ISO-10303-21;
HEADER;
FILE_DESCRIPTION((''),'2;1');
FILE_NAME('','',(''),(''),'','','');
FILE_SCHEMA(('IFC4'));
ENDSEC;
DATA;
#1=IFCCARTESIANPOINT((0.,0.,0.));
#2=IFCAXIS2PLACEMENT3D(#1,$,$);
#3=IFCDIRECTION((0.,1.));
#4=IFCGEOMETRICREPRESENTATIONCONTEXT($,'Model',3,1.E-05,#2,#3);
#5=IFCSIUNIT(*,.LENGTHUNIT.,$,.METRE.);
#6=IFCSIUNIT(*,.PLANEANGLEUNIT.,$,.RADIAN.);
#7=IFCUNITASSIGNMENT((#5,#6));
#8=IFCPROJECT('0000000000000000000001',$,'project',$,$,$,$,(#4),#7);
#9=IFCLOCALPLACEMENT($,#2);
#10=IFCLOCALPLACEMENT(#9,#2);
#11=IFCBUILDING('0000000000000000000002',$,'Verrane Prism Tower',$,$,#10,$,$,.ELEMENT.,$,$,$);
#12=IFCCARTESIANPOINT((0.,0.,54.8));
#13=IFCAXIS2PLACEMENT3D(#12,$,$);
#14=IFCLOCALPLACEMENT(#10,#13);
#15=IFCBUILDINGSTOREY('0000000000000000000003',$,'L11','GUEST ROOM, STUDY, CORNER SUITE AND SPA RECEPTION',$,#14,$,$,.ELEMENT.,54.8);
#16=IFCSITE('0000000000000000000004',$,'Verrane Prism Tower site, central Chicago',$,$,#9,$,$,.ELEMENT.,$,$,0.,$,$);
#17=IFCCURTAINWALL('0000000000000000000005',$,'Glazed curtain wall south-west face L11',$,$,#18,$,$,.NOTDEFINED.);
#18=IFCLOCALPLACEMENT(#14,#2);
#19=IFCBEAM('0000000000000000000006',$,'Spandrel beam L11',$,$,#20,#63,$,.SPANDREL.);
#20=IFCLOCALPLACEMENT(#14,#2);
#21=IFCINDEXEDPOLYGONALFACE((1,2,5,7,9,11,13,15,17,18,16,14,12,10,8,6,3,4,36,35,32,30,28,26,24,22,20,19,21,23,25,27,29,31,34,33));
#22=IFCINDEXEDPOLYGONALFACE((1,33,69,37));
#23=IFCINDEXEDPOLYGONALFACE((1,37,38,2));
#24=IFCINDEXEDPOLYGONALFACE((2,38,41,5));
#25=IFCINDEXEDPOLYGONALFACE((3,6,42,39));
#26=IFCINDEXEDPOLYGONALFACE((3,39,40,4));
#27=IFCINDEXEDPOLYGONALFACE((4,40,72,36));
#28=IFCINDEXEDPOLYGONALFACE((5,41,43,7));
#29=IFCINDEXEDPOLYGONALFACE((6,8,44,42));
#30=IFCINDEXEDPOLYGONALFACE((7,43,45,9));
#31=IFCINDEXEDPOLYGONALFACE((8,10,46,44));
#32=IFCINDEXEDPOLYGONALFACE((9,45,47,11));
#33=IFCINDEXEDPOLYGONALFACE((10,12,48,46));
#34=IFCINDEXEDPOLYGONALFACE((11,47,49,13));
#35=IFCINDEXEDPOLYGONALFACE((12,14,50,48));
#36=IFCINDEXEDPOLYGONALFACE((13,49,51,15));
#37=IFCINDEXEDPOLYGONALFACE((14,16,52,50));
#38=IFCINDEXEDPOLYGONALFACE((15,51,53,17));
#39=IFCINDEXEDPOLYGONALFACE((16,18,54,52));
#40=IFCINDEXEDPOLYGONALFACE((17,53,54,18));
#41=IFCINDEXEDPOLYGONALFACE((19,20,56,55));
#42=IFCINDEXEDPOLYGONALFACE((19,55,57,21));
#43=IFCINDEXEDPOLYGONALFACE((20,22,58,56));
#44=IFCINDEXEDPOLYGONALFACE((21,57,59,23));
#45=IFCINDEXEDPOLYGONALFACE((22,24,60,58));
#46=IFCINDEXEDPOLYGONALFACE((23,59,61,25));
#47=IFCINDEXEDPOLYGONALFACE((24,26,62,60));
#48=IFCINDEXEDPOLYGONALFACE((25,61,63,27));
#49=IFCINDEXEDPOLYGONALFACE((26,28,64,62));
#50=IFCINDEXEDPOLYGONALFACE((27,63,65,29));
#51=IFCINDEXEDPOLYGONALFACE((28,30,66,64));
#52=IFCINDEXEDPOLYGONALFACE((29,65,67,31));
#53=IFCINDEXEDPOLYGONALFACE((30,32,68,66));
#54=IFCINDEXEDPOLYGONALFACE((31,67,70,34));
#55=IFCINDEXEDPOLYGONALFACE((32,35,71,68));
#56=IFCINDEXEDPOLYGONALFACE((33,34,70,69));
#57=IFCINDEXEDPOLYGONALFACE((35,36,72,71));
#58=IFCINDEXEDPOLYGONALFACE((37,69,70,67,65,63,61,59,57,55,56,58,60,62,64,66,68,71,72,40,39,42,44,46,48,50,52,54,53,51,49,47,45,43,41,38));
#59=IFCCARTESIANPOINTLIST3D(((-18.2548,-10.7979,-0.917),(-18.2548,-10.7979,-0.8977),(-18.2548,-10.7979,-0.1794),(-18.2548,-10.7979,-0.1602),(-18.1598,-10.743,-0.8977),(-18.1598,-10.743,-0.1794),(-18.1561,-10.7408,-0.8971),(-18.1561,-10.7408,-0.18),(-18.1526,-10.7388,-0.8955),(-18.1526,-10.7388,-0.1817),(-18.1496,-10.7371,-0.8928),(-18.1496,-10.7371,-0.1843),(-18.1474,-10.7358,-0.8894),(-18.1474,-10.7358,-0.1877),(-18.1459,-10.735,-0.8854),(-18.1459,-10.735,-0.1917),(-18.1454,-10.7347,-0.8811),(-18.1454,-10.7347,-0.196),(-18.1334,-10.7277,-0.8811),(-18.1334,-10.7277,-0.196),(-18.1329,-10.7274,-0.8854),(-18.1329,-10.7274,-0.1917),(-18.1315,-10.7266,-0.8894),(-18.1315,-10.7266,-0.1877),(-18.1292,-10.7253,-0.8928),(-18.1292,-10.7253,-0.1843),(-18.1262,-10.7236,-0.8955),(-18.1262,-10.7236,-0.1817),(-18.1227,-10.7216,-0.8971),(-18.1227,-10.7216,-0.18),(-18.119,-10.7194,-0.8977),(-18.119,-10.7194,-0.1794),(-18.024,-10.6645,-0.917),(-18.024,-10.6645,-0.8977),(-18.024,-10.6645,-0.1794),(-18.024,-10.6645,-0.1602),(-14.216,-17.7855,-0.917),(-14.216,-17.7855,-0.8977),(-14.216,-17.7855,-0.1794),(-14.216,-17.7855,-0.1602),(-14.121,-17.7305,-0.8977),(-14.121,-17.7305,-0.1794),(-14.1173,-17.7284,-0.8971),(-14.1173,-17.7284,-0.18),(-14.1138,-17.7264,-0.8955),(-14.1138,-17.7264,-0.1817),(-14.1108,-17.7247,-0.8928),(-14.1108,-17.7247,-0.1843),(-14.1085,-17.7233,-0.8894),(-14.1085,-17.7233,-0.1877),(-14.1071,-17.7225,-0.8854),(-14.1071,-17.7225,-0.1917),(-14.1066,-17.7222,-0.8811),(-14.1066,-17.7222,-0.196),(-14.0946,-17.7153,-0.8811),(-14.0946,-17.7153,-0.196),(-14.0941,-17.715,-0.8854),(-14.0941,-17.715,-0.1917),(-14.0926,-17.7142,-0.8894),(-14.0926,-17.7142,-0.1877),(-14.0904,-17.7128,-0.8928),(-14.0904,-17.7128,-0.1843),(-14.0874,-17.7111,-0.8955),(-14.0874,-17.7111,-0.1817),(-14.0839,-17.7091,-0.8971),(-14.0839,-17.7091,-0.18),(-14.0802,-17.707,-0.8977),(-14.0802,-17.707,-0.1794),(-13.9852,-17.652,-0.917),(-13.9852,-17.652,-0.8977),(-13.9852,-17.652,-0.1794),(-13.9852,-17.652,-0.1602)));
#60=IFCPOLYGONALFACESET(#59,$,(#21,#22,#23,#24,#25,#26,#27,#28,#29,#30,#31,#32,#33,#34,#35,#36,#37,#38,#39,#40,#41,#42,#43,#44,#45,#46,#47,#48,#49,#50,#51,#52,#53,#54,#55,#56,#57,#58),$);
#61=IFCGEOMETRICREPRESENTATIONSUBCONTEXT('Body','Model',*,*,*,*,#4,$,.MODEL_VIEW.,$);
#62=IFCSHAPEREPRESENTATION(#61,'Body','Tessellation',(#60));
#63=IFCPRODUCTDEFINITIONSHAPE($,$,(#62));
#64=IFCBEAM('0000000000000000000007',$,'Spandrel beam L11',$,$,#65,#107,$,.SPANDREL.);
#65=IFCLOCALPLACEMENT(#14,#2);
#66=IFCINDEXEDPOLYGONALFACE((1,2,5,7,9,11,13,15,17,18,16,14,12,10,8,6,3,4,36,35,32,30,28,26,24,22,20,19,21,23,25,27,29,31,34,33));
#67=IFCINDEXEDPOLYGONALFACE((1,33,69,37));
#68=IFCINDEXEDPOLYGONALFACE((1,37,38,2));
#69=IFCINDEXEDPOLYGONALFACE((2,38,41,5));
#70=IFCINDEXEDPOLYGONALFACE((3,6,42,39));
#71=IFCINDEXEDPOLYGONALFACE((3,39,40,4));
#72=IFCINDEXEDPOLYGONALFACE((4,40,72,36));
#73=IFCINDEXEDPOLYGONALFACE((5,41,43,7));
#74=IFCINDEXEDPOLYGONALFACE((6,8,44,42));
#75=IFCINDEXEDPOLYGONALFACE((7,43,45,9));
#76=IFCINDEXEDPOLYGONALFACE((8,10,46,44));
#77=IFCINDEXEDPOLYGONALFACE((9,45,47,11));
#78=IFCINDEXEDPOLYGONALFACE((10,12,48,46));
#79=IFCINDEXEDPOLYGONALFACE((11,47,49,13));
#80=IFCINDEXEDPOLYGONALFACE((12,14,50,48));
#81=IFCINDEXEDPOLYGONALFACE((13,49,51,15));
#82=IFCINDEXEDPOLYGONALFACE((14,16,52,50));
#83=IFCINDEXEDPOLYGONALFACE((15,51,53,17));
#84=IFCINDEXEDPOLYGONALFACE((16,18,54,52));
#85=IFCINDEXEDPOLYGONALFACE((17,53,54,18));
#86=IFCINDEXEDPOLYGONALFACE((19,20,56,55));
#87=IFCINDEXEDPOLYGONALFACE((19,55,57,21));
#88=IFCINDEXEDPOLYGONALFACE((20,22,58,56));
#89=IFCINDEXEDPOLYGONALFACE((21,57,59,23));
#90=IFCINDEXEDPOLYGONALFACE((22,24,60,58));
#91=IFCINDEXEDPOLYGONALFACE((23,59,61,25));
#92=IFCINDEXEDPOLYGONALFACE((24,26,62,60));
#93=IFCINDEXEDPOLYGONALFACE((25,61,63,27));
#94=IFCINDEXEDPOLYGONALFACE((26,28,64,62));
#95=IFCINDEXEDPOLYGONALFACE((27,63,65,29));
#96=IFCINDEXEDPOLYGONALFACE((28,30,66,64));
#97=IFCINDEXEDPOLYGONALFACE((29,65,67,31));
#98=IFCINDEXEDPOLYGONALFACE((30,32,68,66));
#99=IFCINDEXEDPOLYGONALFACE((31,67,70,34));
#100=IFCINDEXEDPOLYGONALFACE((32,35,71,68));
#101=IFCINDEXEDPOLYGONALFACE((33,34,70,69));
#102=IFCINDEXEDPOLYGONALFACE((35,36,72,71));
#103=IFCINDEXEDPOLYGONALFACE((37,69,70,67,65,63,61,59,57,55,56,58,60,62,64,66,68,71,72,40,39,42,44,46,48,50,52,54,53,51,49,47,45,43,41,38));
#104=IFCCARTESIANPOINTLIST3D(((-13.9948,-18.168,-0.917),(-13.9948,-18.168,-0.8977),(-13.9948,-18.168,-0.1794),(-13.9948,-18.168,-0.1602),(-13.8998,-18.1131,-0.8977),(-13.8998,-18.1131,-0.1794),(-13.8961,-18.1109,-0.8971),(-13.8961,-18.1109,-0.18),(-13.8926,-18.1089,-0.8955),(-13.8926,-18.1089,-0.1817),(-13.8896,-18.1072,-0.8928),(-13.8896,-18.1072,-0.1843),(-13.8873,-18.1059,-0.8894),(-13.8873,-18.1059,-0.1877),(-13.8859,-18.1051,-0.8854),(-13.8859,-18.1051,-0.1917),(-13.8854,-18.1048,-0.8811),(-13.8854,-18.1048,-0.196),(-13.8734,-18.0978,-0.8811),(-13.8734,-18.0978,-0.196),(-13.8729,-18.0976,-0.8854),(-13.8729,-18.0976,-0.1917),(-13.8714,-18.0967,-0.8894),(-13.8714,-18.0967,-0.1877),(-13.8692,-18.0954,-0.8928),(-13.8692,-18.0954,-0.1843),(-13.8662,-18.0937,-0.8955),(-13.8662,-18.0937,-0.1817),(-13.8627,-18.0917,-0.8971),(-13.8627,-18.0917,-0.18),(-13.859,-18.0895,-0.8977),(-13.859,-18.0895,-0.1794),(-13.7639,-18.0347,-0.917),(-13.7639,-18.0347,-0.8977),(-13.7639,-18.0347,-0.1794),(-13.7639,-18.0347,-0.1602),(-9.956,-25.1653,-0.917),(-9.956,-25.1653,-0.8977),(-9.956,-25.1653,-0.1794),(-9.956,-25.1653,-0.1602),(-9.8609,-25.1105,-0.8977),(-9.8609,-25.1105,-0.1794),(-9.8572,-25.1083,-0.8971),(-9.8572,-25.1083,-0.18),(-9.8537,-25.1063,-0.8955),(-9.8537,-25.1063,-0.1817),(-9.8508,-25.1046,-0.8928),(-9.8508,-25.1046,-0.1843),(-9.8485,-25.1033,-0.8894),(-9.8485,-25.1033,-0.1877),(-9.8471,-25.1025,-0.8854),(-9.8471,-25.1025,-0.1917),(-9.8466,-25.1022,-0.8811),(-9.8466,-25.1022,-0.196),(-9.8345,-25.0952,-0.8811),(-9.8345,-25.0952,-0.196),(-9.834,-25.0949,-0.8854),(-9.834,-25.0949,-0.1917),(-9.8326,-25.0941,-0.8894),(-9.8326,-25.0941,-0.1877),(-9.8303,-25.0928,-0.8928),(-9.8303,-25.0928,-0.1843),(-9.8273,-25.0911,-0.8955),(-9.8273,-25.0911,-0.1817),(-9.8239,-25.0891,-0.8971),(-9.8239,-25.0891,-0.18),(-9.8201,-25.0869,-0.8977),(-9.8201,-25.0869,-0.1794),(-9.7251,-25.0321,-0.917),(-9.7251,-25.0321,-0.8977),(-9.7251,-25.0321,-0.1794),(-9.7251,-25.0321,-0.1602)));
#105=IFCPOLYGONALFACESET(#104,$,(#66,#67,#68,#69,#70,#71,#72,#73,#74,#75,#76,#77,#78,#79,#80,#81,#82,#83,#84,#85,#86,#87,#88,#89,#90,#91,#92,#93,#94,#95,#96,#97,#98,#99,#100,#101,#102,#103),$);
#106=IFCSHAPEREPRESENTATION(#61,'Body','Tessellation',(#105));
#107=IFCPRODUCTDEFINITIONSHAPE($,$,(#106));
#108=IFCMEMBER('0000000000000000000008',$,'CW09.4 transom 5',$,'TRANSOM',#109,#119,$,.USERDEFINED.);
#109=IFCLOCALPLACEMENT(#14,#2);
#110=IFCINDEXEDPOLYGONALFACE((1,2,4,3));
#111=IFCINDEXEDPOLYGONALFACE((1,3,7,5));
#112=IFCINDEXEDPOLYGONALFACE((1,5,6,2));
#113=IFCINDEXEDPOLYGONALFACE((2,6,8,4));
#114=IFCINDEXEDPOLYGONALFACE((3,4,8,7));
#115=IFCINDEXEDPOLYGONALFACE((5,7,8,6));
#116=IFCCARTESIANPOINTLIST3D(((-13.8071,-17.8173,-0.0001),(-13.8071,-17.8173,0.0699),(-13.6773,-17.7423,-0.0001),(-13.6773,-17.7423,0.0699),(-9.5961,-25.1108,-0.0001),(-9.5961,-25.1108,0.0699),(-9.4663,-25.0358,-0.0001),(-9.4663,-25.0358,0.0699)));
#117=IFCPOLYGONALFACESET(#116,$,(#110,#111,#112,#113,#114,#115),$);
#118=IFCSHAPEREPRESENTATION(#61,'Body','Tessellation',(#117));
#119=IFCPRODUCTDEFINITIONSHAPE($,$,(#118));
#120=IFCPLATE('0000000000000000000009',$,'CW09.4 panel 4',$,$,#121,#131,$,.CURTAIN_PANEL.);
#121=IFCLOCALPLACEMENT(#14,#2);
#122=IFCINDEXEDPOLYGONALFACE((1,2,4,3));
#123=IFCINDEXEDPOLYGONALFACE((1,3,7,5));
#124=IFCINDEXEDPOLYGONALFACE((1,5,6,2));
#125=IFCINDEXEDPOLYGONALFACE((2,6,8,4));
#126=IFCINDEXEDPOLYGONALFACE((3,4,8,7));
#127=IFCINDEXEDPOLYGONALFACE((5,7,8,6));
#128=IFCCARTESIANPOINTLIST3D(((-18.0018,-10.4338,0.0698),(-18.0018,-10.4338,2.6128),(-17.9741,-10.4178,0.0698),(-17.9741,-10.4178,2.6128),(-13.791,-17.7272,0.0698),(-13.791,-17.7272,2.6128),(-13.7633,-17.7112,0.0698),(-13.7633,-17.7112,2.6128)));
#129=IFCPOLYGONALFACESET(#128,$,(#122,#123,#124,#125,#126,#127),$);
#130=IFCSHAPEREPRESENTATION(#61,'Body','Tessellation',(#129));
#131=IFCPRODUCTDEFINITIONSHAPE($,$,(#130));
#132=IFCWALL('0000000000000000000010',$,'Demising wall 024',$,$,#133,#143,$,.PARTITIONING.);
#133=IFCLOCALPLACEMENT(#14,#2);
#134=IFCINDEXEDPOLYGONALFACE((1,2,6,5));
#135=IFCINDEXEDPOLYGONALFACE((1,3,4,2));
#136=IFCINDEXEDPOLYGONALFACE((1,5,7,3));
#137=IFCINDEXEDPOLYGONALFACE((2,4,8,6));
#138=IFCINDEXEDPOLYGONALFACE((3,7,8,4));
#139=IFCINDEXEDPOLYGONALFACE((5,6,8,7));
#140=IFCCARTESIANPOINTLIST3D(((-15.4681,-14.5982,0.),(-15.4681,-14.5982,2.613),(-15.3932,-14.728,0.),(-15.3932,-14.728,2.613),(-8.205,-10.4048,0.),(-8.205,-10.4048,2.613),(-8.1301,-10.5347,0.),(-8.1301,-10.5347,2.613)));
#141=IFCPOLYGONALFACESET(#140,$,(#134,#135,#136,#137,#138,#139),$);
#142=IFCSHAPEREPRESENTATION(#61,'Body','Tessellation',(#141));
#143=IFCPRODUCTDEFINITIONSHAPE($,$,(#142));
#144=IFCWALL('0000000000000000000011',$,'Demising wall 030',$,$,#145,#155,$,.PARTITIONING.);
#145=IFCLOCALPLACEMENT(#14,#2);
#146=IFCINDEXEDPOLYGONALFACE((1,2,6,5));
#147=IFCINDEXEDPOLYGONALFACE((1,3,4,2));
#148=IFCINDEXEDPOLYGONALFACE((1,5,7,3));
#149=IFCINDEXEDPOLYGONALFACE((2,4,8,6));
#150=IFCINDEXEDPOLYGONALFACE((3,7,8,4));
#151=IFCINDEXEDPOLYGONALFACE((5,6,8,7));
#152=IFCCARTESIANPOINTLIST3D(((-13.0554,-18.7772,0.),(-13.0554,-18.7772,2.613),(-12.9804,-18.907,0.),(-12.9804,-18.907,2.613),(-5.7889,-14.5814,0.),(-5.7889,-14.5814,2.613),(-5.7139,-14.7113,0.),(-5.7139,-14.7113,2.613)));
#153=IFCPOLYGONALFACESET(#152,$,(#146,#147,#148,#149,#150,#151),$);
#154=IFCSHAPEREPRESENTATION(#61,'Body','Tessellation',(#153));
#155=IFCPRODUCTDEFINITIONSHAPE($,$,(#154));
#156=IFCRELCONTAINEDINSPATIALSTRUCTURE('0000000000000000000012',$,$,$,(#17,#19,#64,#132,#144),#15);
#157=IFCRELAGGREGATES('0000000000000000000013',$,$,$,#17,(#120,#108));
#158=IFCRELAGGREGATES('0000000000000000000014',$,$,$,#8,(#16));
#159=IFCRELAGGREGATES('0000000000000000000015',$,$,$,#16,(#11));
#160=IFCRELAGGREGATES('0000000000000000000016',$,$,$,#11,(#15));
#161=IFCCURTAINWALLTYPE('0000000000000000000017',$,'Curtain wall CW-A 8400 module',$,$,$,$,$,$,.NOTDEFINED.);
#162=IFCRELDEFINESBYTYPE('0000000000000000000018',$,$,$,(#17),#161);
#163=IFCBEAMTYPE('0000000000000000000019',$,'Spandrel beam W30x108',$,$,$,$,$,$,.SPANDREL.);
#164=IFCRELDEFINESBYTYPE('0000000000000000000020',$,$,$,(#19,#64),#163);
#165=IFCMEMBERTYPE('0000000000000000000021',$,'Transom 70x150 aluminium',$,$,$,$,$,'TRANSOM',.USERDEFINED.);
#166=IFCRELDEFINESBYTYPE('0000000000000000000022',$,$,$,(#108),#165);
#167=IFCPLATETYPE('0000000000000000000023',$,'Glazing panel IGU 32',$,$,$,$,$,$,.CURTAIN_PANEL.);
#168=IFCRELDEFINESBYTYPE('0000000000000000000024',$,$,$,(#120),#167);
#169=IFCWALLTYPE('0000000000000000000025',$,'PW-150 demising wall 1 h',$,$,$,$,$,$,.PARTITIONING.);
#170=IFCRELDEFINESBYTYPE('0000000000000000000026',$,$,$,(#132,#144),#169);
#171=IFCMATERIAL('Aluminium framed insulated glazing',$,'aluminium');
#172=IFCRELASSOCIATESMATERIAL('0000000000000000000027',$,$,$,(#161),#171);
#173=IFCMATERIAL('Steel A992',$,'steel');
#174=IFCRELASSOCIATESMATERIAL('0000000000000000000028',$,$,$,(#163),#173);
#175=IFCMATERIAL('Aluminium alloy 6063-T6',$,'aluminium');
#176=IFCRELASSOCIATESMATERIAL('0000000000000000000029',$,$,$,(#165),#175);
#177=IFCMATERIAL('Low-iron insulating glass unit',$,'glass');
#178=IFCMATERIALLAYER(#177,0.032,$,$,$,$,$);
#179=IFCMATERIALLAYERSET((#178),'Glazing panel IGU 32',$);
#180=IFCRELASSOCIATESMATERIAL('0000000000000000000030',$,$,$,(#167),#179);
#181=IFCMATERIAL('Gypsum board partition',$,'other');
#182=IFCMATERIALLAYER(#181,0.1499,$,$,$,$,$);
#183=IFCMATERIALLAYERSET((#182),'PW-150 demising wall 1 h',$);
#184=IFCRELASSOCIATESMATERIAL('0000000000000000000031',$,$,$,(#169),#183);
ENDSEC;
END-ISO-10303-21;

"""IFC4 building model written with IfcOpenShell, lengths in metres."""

from ifc_helpers import new_model, si_unit, direction, frame, frame_2d, origin, origin_2d, place, context, subcontext, project, spatial, rectangle, i_section, extrude, material, layer, layer_set, material_profile, profile_set, type_object, element, aggregate, save


model = new_model("IFC4")

# Units and contexts
model_context = context("Model", 3, precision=1e-05, world=origin(), true_north=direction((0.0, 1.0)))
body_context = subcontext(model_context, "Body", "Model", "MODEL_VIEW")
ifc_project = project(units=[si_unit("LENGTHUNIT", "METRE"), si_unit("PLANEANGLEUNIT", "RADIAN")], contexts=[model_context])

# Site, building, storey
site_placement = place(None, origin())
site = spatial("IfcSite", under=ifc_project, at=site_placement, Name="Verrane Prism Tower site, central Chicago", CompositionType="ELEMENT", RefElevation=0.0)
building_placement = place(site_placement, origin())
building = spatial("IfcBuilding", under=site, at=building_placement, Name="Verrane Prism Tower", CompositionType="ELEMENT")
storey_placement = place(building_placement, frame((0.0, 0.0, 54.8)))
storey = spatial("IfcBuildingStorey", under=building, at=storey_placement, Name="L11", Description="GUEST ROOM, STUDY, CORNER SUITE AND SPA RECEPTION", CompositionType="ELEMENT", Elevation=54.8)

# Curtain wall
ifc_material_1 = material(Name="Aluminium framed insulated glazing", Category="aluminium")
curtain_wall_type = type_object("IfcCurtainWallType", Name="Curtain wall CW-A 8400 module", PredefinedType="NOTDEFINED", material=ifc_material_1)
curtain_wall_placement = place(storey_placement, origin())
curtain_wall = element("IfcCurtainWall", 1, at=curtain_wall_placement, inside=storey, type_object=curtain_wall_type, Name="Glazed curtain wall south-west face L11", PredefinedType="NOTDEFINED")

# Beams
ifc_material_2 = material(Name="Steel A992", Category="steel")
ifc_material_profile_1 = material_profile(ifc_material_2, i_section(OverallWidth=0.2666, OverallDepth=0.7568, WebThickness=0.0139, FlangeThickness=0.0193, FilletRadius=0.0166, at=origin_2d()), Name="W30x108")
ifc_profile_set_1 = profile_set([ifc_material_profile_1], Name="Steel A992")
beam_type_1 = type_object("IfcBeamType", Name="Spandrel beam W30x108", PredefinedType="SPANDREL", material=ifc_profile_set_1)
beam_1_placement = place(storey_placement, frame((-18.1394, -10.7312, -0.5386), z_axis=(0.500423, -0.865781, 0.0), x_axis=(0.865781, 0.500423, 0.0)))
element("IfcBeam", 2, at=beam_1_placement, inside=storey, type_object=beam_type_1, Name="Spandrel beam L11", PredefinedType="SPANDREL", context=body_context, shape_type="SweptSolid", body=[
    extrude(i_section(OverallWidth=0.2666, OverallDepth=0.7568, WebThickness=0.0139, FlangeThickness=0.0193, FilletRadius=0.0166, at=origin_2d()), origin(), (0.0, 0.0, 1.0), 8.0708),
])
beam_2_placement = place(storey_placement, frame((-13.8794, -18.1013, -0.5386), z_axis=(0.499899, -0.866083, 0.0), x_axis=(0.866083, 0.499899, 0.0)))
element("IfcBeam", 3, at=beam_2_placement, inside=storey, type_object=beam_type_1, Name="Spandrel beam L11", PredefinedType="SPANDREL", context=body_context, shape_type="SweptSolid", body=[
    extrude(i_section(OverallWidth=0.2666, OverallDepth=0.7568, WebThickness=0.0139, FlangeThickness=0.0193, FilletRadius=0.0166, at=origin_2d()), origin(), (0.0, 0.0, 1.0), 8.0793),
])

# Member
ifc_material_3 = material(Name="Aluminium alloy 6063-T6", Category="aluminium")
ifc_material_profile_2 = material_profile(ifc_material_3, rectangle(XDim=0.1499, YDim=0.0701, at=origin_2d()), Name="Transom 70x150 aluminium")
ifc_profile_set_2 = profile_set([ifc_material_profile_2], Name="Aluminium alloy 6063-T6")
member_type_1 = type_object("IfcMemberType", Name="Transom 70x150 aluminium", ElementType="TRANSOM", PredefinedType="USERDEFINED", material=ifc_profile_set_2)
member_1_placement = place(storey_placement, frame((-13.7422, -17.7798, 0.0349), z_axis=(0.500005, -0.866022, 0.0), x_axis=(0.866022, 0.500005, 0.0)))
member_1 = element("IfcMember", 4, at=member_1_placement, type_object=member_type_1, Name="CW09.4 transom 5", ObjectType="TRANSOM", PredefinedType="USERDEFINED", context=body_context, shape_type="SweptSolid", body=[
    extrude(rectangle(XDim=0.1499, YDim=0.0701, at=origin_2d()), origin(), (0.0, 0.0, 1.0), 8.4219),
])

# Plate
ifc_material_4 = material(Name="Low-iron insulating glass unit", Category="glass")
ifc_layer_1 = layer(ifc_material_4, 0.032)
ifc_layer_set_1 = layer_set([ifc_layer_1], Name="Glazing panel IGU 32")
plate_type = type_object("IfcPlateType", Name="Glazing panel IGU 32", PredefinedType="CURTAIN_PANEL", material=ifc_layer_set_1)
plate_placement = place(storey_placement, frame((-15.8826, -14.0725, 0.0698), z_axis=(0.0, 0.0, 1.0), x_axis=(0.499999, -0.866026, 0.0)))
plate = element("IfcPlate", 5, at=plate_placement, type_object=plate_type, Name="CW09.4 panel 4", PredefinedType="CURTAIN_PANEL", context=body_context, shape_type="SweptSolid", body=[
    extrude(rectangle(XDim=8.4216, YDim=0.032, at=origin_2d()), origin(), (0.0, 0.0, 1.0), 2.543),
])
aggregate(curtain_wall, [plate, member_1])

# Walls
ifc_material_5 = material(Name="Gypsum board partition", Category="other")
ifc_layer_2 = layer(ifc_material_5, 0.1499)
ifc_layer_set_2 = layer_set([ifc_layer_2], Name="PW-150 demising wall 1 h")
wall_type = type_object("IfcWallType", Name="PW-150 demising wall 1 h", PredefinedType="PARTITIONING", material=ifc_layer_set_2)
wall_1_placement = place(storey_placement, frame((-15.4307, -14.6631, 0.0), z_axis=(0.0, 0.0, 1.0), x_axis=(0.866028, 0.499996, 0.0)))
element("IfcWall", 6, at=wall_1_placement, inside=storey, type_object=wall_type, Name="Demising wall 024", PredefinedType="PARTITIONING", context=body_context, shape_type="SweptSolid", body=[
    extrude(rectangle(XDim=8.3867, YDim=0.1499, at=frame_2d((4.1934, 0.0))), origin(), (0.0, 0.0, 1.0), 2.613),
])
wall_2_placement = place(storey_placement, frame((-13.0178, -18.842, 0.0), z_axis=(0.0, 0.0, 1.0), x_axis=(0.866003, 0.500038, 0.0)))
element("IfcWall", 7, at=wall_2_placement, inside=storey, type_object=wall_type, Name="Demising wall 030", PredefinedType="PARTITIONING", context=body_context, shape_type="SweptSolid", body=[
    extrude(rectangle(XDim=8.3909, YDim=0.1499, at=frame_2d((4.1953, 0.0))), origin(), (0.0, 0.0, 1.0), 2.613),
])

save(model, "model.ifc")
